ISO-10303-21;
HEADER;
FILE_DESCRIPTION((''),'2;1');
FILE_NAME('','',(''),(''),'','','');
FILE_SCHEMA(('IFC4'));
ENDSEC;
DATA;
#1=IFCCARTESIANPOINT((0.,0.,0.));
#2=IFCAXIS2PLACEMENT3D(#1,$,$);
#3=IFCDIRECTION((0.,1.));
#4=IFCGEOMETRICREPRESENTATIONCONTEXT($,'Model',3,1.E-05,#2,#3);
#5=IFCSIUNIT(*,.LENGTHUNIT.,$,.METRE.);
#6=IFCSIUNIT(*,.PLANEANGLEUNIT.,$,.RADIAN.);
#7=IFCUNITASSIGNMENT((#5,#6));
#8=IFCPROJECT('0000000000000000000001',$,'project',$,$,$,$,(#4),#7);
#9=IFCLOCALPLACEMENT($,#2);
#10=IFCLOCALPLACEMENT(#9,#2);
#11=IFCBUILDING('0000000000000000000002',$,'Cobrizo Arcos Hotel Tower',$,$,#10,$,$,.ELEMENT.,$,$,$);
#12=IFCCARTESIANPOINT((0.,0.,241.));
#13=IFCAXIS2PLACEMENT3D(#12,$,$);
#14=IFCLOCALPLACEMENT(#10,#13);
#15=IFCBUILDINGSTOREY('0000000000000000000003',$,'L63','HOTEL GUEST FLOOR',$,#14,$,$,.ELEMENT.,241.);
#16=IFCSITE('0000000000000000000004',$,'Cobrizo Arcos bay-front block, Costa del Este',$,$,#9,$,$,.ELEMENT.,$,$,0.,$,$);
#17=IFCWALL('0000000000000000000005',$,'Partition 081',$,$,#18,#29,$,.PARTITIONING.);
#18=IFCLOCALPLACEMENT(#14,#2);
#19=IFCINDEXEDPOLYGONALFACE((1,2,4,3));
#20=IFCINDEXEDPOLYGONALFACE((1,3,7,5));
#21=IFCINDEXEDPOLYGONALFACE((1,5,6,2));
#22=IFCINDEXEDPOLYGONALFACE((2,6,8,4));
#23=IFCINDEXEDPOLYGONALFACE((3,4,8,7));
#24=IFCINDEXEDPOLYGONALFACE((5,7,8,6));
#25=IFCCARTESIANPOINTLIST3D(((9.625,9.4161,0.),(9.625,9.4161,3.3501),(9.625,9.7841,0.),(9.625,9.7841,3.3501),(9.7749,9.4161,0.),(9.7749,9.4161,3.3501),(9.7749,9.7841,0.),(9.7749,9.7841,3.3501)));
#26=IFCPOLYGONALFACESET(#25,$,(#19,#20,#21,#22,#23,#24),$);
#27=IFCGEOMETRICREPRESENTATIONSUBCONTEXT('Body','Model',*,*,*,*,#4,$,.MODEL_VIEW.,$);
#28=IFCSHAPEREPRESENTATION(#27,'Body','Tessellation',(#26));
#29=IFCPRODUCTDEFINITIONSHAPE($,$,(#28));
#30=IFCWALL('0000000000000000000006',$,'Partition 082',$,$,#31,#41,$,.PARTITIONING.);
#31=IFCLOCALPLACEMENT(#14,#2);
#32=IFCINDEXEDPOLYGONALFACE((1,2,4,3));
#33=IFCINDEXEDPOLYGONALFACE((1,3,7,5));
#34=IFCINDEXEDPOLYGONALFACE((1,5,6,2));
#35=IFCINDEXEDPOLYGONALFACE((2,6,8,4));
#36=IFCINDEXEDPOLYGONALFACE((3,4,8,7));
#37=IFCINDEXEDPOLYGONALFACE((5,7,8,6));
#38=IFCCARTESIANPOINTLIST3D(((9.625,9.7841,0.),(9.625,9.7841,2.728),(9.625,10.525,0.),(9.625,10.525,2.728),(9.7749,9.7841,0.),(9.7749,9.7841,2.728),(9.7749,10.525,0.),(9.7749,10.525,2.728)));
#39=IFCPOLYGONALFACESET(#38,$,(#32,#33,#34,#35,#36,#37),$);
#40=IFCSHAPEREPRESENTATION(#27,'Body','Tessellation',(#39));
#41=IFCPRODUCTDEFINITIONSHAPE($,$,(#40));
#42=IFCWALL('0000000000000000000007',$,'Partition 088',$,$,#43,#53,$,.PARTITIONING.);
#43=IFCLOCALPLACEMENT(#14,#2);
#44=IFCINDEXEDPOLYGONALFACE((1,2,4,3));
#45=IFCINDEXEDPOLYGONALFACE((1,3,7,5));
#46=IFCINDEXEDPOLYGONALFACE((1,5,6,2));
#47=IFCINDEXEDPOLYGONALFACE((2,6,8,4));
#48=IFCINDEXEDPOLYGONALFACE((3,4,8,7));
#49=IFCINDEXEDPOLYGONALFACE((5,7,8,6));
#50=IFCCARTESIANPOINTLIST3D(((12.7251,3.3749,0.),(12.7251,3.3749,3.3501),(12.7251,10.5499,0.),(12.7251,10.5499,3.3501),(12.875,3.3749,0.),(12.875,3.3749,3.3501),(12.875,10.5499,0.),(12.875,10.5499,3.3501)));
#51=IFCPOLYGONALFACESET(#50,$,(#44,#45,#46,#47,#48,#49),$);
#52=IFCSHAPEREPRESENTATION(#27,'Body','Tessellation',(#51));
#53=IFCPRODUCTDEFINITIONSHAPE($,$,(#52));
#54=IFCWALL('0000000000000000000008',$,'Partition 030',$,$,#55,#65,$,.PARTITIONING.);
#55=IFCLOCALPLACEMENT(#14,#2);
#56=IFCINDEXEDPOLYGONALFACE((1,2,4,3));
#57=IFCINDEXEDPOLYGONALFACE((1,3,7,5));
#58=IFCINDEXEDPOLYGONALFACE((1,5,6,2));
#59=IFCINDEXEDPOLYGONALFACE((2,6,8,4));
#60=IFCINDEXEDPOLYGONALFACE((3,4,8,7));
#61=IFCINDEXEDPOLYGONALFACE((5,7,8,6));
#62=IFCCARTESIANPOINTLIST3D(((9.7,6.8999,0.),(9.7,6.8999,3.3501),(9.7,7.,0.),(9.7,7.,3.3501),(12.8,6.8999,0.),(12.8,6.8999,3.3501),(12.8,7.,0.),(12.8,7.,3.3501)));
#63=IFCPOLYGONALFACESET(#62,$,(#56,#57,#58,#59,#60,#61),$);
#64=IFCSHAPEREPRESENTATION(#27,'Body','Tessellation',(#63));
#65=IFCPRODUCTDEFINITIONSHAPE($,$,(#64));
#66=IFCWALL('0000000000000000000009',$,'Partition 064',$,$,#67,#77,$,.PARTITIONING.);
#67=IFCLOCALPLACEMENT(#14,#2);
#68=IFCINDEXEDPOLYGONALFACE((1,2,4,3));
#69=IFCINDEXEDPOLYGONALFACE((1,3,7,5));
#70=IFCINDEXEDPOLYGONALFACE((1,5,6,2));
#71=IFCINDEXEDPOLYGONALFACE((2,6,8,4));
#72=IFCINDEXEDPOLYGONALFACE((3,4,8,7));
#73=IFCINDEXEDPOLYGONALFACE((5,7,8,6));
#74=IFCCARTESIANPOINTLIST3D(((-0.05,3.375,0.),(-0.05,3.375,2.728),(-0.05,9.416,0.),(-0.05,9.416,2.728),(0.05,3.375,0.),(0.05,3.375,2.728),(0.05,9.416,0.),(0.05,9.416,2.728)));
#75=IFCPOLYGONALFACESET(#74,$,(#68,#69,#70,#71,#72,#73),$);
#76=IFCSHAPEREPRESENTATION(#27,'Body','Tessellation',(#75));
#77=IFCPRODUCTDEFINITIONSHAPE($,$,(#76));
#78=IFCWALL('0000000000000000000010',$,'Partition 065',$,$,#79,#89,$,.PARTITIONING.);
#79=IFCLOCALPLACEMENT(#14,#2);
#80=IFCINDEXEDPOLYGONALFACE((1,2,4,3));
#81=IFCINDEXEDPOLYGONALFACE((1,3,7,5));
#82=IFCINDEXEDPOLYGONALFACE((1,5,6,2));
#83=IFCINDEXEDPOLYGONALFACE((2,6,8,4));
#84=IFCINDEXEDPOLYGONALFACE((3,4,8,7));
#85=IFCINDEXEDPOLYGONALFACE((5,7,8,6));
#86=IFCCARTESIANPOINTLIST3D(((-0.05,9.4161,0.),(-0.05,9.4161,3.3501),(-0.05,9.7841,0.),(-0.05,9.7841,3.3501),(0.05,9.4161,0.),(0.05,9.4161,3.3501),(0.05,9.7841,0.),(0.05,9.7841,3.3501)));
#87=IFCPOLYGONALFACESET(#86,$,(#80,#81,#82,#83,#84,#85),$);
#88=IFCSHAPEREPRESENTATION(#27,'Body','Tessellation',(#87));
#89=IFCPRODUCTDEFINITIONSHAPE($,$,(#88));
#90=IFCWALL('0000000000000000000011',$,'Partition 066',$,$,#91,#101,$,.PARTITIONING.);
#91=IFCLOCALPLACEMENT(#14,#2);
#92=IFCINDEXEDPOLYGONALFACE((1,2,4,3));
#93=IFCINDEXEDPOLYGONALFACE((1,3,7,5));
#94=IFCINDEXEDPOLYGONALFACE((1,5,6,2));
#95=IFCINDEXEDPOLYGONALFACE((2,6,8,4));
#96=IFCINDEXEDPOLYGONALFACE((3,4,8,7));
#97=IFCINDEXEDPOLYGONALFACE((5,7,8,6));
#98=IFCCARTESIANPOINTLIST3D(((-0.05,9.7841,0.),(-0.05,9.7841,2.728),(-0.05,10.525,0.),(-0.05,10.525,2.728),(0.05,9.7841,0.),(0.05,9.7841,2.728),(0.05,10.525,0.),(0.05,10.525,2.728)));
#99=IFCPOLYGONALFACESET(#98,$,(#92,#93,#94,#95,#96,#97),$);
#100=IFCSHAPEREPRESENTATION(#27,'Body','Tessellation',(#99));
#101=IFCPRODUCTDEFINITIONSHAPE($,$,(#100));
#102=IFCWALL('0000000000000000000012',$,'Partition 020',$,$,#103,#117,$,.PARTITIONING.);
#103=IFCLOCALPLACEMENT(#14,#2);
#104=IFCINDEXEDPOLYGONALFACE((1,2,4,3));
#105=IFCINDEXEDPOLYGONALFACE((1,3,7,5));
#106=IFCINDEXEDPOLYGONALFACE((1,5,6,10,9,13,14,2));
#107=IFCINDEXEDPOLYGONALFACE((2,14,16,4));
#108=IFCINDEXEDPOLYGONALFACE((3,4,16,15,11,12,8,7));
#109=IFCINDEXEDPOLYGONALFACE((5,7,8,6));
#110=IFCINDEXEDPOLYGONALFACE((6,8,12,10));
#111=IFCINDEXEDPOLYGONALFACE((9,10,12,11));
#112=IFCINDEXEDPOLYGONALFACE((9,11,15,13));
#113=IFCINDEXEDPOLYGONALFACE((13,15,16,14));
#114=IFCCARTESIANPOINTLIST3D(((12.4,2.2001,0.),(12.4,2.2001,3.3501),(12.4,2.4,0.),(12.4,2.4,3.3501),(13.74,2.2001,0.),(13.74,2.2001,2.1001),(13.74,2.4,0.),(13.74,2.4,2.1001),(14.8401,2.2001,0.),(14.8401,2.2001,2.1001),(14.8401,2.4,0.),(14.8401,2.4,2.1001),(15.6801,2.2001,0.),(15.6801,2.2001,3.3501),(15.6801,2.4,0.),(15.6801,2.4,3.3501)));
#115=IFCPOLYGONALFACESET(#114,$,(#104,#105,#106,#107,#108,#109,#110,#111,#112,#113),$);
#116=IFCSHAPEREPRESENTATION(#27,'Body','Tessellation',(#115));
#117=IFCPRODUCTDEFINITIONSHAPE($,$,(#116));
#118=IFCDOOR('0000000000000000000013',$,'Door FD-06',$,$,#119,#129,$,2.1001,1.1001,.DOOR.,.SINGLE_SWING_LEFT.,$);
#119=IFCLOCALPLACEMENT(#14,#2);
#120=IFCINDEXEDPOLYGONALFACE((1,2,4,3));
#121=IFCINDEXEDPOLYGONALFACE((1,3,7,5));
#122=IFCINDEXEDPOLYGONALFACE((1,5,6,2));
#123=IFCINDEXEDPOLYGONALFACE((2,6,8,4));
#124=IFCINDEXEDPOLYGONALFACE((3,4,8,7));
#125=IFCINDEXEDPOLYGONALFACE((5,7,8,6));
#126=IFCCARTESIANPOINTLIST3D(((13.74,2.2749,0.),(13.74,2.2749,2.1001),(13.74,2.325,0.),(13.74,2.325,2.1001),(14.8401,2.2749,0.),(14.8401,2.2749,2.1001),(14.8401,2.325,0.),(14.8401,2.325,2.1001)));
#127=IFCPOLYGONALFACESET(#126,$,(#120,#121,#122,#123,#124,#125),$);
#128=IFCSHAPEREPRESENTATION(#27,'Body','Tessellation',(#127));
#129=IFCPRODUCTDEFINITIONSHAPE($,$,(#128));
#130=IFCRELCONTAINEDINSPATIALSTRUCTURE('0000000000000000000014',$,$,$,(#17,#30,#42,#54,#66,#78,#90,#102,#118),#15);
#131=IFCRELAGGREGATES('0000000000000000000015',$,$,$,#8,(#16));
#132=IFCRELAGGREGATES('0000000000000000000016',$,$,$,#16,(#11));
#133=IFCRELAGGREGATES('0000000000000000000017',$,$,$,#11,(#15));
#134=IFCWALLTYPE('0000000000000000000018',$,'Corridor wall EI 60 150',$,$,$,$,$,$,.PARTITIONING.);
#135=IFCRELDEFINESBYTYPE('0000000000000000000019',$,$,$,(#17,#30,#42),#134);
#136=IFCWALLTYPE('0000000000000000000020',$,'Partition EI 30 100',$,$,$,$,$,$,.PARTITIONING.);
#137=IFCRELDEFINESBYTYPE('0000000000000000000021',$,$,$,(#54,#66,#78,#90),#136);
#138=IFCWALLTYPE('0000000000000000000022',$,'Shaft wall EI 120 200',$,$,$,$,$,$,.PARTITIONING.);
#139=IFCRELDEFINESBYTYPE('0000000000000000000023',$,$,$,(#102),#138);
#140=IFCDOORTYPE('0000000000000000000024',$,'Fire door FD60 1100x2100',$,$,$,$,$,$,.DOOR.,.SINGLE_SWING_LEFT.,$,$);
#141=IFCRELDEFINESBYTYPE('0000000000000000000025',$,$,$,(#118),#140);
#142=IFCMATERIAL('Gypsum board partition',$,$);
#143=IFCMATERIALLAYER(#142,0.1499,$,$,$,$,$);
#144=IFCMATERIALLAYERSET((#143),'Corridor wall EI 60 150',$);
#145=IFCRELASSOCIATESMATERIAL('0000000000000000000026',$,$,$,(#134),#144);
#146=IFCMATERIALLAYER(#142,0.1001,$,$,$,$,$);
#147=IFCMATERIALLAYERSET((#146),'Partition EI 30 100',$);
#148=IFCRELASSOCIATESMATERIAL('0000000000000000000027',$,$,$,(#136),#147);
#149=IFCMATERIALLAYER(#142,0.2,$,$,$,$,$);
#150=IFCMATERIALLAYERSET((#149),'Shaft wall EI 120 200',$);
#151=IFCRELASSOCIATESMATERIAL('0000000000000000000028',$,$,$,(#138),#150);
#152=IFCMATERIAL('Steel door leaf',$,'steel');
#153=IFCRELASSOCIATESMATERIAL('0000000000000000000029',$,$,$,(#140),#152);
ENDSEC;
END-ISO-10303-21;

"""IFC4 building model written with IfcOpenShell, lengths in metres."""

from ifc_helpers import new_model, si_unit, direction, frame, frame_2d, origin, place, context, subcontext, project, spatial, rectangle, extrude, material, layer, layer_set, type_object, element, fill, save


model = new_model("IFC4")

# Units and contexts
model_context = context("Model", 3, precision=1e-05, world=origin(), true_north=direction((0.0, 1.0)))
body_context = subcontext(model_context, "Body", "Model", "MODEL_VIEW")
ifc_project = project(units=[si_unit("LENGTHUNIT", "METRE"), si_unit("PLANEANGLEUNIT", "RADIAN")], contexts=[model_context])

# Site, building, storey
site_placement = place(None, origin())
site = spatial("IfcSite", under=ifc_project, at=site_placement, Name="Cobrizo Arcos bay-front block, Costa del Este", CompositionType="ELEMENT", RefElevation=0.0)
building_placement = place(site_placement, origin())
building = spatial("IfcBuilding", under=site, at=building_placement, Name="Cobrizo Arcos Hotel Tower", CompositionType="ELEMENT")
storey_placement = place(building_placement, frame((0.0, 0.0, 241.0)))
storey = spatial("IfcBuildingStorey", under=building, at=storey_placement, Name="L63", Description="HOTEL GUEST FLOOR", CompositionType="ELEMENT", Elevation=241.0)

# Shared definitions
ifc_material_1 = material(Name="Gypsum board partition")
ifc_layer_1 = layer(ifc_material_1, 0.1499)
ifc_layer_set_1 = layer_set([ifc_layer_1], Name="Corridor wall EI 60 150")
wall_type_1 = type_object("IfcWallType", Name="Corridor wall EI 60 150", PredefinedType="PARTITIONING", material=ifc_layer_set_1)

# Walls
wall_1_placement = place(storey_placement, frame((9.7, 9.416, 0.0), z_axis=(0.0, 0.0, 1.0), x_axis=(0.0, 1.0, 0.0)))
element("IfcWall", 1, at=wall_1_placement, inside=storey, type_object=wall_type_1, Name="Partition 081", PredefinedType="PARTITIONING", context=body_context, shape_type="SweptSolid", body=[
    extrude(rectangle(XDim=0.3679, YDim=0.1499, at=frame_2d((0.1841, 0.0))), origin(), (0.0, 0.0, 1.0), 3.3501),
])
wall_2_placement = place(storey_placement, frame((9.7, 9.7839, 0.0), z_axis=(0.0, 0.0, 1.0), x_axis=(0.0, 1.0, 0.0)))
element("IfcWall", 2, at=wall_2_placement, inside=storey, type_object=wall_type_1, Name="Partition 082", PredefinedType="PARTITIONING", context=body_context, shape_type="SweptSolid", body=[
    extrude(rectangle(XDim=0.741, YDim=0.1499, at=frame_2d((0.3706, 0.0))), origin(), (0.0, 0.0, 1.0), 2.728),
])
wall_3_placement = place(storey_placement, frame((12.8, 3.375, 0.0), z_axis=(0.0, 0.0, 1.0), x_axis=(0.0, 1.0, 0.0)))
element("IfcWall", 3, at=wall_3_placement, inside=storey, type_object=wall_type_1, Name="Partition 088", PredefinedType="PARTITIONING", context=body_context, shape_type="SweptSolid", body=[
    extrude(rectangle(XDim=7.175, YDim=0.1499, at=frame_2d((3.5874, 0.0))), origin(), (0.0, 0.0, 1.0), 3.3501),
])
ifc_layer_2 = layer(ifc_material_1, 0.1001)
ifc_layer_set_2 = layer_set([ifc_layer_2], Name="Partition EI 30 100")
wall_type_2 = type_object("IfcWallType", Name="Partition EI 30 100", PredefinedType="PARTITIONING", material=ifc_layer_set_2)
wall_4_placement = place(storey_placement, frame((9.7, 6.95, 0.0), z_axis=(0.0, 0.0, 1.0), x_axis=(1.0, 0.0, 0.0)))
element("IfcWall", 4, at=wall_4_placement, inside=storey, type_object=wall_type_2, Name="Partition 030", PredefinedType="PARTITIONING", context=body_context, shape_type="SweptSolid", body=[
    extrude(rectangle(XDim=3.1001, YDim=0.1001, at=frame_2d((1.55, 0.0))), origin(), (0.0, 0.0, 1.0), 3.3501),
])
wall_5_placement = place(storey_placement, frame((0.0, 3.375, 0.0), z_axis=(0.0, 0.0, 1.0), x_axis=(0.0, 1.0, 0.0)))
element("IfcWall", 5, at=wall_5_placement, inside=storey, type_object=wall_type_2, Name="Partition 064", PredefinedType="PARTITIONING", context=body_context, shape_type="SweptSolid", body=[
    extrude(rectangle(XDim=6.041, YDim=0.1001, at=frame_2d((3.0205, 0.0))), origin(), (0.0, 0.0, 1.0), 2.728),
])
wall_6_placement = place(storey_placement, frame((0.0, 9.416, 0.0), z_axis=(0.0, 0.0, 1.0), x_axis=(0.0, 1.0, 0.0)))
element("IfcWall", 6, at=wall_6_placement, inside=storey, type_object=wall_type_2, Name="Partition 065", PredefinedType="PARTITIONING", context=body_context, shape_type="SweptSolid", body=[
    extrude(rectangle(XDim=0.3679, YDim=0.1001, at=frame_2d((0.1841, 0.0))), origin(), (0.0, 0.0, 1.0), 3.3501),
])
wall_7_placement = place(storey_placement, frame((0.0, 9.7839, 0.0), z_axis=(0.0, 0.0, 1.0), x_axis=(0.0, 1.0, 0.0)))
element("IfcWall", 7, at=wall_7_placement, inside=storey, type_object=wall_type_2, Name="Partition 066", PredefinedType="PARTITIONING", context=body_context, shape_type="SweptSolid", body=[
    extrude(rectangle(XDim=0.741, YDim=0.1001, at=frame_2d((0.3706, 0.0))), origin(), (0.0, 0.0, 1.0), 2.728),
])

# Wall, opening, door
ifc_layer_3 = layer(ifc_material_1, 0.2)
ifc_layer_set_3 = layer_set([ifc_layer_3], Name="Shaft wall EI 120 200")
wall_type_3 = type_object("IfcWallType", Name="Shaft wall EI 120 200", PredefinedType="PARTITIONING", material=ifc_layer_set_3)
wall_8_placement = place(storey_placement, frame((12.3999, 2.3, 0.0), z_axis=(0.0, 0.0, 1.0), x_axis=(1.0, 0.0, 0.0)))
wall_8 = element("IfcWall", 8, at=wall_8_placement, inside=storey, type_object=wall_type_3, Name="Partition 020", PredefinedType="PARTITIONING", context=body_context, shape_type="SweptSolid", body=[
    extrude(rectangle(XDim=3.28, YDim=0.2, at=frame_2d((1.6401, 0.0))), origin(), (0.0, 0.0, 1.0), 3.3501),
])
opening_1_placement = place(wall_8_placement, frame((1.3401, 0.0, 0.0)))
opening_1 = element("IfcOpeningElement", 9, at=opening_1_placement, cuts=wall_8, PredefinedType="OPENING", context=body_context, shape_type="SweptSolid", body=[
    extrude(rectangle(XDim=1.1001, YDim=2.1001, at=frame_2d((0.55, 1.05))), frame((0.0, 0.1121, 0.0), z_axis=(0.0, -1.0, 0.0), x_axis=(1.0, 0.0, 0.0)), (0.0, 0.0, 1.0), 0.2239),
])
ifc_material_2 = material(Name="Steel door leaf", Category="steel")
door_type_1 = type_object("IfcDoorType", Name="Fire door FD60 1100x2100", OperationType="SINGLE_SWING_LEFT", PredefinedType="DOOR", material=ifc_material_2)
door_1_placement = place(opening_1_placement, origin())
door_1 = element("IfcDoor", 10, at=door_1_placement, inside=storey, type_object=door_type_1, Name="Door FD-06", OperationType="SINGLE_SWING_LEFT", OverallHeight=2.1001, OverallWidth=1.1001, PredefinedType="DOOR", context=body_context, shape_type="SweptSolid", body=[
    extrude(rectangle(XDim=1.1001, YDim=2.1001, at=frame_2d((0.55, 1.05))), frame((0.0, 0.0249, 0.0), z_axis=(0.0, -1.0, 0.0), x_axis=(1.0, 0.0, 0.0)), (0.0, 0.0, 1.0), 0.05),
])
fill(opening_1, door_1)

save(model, "model.ifc")
